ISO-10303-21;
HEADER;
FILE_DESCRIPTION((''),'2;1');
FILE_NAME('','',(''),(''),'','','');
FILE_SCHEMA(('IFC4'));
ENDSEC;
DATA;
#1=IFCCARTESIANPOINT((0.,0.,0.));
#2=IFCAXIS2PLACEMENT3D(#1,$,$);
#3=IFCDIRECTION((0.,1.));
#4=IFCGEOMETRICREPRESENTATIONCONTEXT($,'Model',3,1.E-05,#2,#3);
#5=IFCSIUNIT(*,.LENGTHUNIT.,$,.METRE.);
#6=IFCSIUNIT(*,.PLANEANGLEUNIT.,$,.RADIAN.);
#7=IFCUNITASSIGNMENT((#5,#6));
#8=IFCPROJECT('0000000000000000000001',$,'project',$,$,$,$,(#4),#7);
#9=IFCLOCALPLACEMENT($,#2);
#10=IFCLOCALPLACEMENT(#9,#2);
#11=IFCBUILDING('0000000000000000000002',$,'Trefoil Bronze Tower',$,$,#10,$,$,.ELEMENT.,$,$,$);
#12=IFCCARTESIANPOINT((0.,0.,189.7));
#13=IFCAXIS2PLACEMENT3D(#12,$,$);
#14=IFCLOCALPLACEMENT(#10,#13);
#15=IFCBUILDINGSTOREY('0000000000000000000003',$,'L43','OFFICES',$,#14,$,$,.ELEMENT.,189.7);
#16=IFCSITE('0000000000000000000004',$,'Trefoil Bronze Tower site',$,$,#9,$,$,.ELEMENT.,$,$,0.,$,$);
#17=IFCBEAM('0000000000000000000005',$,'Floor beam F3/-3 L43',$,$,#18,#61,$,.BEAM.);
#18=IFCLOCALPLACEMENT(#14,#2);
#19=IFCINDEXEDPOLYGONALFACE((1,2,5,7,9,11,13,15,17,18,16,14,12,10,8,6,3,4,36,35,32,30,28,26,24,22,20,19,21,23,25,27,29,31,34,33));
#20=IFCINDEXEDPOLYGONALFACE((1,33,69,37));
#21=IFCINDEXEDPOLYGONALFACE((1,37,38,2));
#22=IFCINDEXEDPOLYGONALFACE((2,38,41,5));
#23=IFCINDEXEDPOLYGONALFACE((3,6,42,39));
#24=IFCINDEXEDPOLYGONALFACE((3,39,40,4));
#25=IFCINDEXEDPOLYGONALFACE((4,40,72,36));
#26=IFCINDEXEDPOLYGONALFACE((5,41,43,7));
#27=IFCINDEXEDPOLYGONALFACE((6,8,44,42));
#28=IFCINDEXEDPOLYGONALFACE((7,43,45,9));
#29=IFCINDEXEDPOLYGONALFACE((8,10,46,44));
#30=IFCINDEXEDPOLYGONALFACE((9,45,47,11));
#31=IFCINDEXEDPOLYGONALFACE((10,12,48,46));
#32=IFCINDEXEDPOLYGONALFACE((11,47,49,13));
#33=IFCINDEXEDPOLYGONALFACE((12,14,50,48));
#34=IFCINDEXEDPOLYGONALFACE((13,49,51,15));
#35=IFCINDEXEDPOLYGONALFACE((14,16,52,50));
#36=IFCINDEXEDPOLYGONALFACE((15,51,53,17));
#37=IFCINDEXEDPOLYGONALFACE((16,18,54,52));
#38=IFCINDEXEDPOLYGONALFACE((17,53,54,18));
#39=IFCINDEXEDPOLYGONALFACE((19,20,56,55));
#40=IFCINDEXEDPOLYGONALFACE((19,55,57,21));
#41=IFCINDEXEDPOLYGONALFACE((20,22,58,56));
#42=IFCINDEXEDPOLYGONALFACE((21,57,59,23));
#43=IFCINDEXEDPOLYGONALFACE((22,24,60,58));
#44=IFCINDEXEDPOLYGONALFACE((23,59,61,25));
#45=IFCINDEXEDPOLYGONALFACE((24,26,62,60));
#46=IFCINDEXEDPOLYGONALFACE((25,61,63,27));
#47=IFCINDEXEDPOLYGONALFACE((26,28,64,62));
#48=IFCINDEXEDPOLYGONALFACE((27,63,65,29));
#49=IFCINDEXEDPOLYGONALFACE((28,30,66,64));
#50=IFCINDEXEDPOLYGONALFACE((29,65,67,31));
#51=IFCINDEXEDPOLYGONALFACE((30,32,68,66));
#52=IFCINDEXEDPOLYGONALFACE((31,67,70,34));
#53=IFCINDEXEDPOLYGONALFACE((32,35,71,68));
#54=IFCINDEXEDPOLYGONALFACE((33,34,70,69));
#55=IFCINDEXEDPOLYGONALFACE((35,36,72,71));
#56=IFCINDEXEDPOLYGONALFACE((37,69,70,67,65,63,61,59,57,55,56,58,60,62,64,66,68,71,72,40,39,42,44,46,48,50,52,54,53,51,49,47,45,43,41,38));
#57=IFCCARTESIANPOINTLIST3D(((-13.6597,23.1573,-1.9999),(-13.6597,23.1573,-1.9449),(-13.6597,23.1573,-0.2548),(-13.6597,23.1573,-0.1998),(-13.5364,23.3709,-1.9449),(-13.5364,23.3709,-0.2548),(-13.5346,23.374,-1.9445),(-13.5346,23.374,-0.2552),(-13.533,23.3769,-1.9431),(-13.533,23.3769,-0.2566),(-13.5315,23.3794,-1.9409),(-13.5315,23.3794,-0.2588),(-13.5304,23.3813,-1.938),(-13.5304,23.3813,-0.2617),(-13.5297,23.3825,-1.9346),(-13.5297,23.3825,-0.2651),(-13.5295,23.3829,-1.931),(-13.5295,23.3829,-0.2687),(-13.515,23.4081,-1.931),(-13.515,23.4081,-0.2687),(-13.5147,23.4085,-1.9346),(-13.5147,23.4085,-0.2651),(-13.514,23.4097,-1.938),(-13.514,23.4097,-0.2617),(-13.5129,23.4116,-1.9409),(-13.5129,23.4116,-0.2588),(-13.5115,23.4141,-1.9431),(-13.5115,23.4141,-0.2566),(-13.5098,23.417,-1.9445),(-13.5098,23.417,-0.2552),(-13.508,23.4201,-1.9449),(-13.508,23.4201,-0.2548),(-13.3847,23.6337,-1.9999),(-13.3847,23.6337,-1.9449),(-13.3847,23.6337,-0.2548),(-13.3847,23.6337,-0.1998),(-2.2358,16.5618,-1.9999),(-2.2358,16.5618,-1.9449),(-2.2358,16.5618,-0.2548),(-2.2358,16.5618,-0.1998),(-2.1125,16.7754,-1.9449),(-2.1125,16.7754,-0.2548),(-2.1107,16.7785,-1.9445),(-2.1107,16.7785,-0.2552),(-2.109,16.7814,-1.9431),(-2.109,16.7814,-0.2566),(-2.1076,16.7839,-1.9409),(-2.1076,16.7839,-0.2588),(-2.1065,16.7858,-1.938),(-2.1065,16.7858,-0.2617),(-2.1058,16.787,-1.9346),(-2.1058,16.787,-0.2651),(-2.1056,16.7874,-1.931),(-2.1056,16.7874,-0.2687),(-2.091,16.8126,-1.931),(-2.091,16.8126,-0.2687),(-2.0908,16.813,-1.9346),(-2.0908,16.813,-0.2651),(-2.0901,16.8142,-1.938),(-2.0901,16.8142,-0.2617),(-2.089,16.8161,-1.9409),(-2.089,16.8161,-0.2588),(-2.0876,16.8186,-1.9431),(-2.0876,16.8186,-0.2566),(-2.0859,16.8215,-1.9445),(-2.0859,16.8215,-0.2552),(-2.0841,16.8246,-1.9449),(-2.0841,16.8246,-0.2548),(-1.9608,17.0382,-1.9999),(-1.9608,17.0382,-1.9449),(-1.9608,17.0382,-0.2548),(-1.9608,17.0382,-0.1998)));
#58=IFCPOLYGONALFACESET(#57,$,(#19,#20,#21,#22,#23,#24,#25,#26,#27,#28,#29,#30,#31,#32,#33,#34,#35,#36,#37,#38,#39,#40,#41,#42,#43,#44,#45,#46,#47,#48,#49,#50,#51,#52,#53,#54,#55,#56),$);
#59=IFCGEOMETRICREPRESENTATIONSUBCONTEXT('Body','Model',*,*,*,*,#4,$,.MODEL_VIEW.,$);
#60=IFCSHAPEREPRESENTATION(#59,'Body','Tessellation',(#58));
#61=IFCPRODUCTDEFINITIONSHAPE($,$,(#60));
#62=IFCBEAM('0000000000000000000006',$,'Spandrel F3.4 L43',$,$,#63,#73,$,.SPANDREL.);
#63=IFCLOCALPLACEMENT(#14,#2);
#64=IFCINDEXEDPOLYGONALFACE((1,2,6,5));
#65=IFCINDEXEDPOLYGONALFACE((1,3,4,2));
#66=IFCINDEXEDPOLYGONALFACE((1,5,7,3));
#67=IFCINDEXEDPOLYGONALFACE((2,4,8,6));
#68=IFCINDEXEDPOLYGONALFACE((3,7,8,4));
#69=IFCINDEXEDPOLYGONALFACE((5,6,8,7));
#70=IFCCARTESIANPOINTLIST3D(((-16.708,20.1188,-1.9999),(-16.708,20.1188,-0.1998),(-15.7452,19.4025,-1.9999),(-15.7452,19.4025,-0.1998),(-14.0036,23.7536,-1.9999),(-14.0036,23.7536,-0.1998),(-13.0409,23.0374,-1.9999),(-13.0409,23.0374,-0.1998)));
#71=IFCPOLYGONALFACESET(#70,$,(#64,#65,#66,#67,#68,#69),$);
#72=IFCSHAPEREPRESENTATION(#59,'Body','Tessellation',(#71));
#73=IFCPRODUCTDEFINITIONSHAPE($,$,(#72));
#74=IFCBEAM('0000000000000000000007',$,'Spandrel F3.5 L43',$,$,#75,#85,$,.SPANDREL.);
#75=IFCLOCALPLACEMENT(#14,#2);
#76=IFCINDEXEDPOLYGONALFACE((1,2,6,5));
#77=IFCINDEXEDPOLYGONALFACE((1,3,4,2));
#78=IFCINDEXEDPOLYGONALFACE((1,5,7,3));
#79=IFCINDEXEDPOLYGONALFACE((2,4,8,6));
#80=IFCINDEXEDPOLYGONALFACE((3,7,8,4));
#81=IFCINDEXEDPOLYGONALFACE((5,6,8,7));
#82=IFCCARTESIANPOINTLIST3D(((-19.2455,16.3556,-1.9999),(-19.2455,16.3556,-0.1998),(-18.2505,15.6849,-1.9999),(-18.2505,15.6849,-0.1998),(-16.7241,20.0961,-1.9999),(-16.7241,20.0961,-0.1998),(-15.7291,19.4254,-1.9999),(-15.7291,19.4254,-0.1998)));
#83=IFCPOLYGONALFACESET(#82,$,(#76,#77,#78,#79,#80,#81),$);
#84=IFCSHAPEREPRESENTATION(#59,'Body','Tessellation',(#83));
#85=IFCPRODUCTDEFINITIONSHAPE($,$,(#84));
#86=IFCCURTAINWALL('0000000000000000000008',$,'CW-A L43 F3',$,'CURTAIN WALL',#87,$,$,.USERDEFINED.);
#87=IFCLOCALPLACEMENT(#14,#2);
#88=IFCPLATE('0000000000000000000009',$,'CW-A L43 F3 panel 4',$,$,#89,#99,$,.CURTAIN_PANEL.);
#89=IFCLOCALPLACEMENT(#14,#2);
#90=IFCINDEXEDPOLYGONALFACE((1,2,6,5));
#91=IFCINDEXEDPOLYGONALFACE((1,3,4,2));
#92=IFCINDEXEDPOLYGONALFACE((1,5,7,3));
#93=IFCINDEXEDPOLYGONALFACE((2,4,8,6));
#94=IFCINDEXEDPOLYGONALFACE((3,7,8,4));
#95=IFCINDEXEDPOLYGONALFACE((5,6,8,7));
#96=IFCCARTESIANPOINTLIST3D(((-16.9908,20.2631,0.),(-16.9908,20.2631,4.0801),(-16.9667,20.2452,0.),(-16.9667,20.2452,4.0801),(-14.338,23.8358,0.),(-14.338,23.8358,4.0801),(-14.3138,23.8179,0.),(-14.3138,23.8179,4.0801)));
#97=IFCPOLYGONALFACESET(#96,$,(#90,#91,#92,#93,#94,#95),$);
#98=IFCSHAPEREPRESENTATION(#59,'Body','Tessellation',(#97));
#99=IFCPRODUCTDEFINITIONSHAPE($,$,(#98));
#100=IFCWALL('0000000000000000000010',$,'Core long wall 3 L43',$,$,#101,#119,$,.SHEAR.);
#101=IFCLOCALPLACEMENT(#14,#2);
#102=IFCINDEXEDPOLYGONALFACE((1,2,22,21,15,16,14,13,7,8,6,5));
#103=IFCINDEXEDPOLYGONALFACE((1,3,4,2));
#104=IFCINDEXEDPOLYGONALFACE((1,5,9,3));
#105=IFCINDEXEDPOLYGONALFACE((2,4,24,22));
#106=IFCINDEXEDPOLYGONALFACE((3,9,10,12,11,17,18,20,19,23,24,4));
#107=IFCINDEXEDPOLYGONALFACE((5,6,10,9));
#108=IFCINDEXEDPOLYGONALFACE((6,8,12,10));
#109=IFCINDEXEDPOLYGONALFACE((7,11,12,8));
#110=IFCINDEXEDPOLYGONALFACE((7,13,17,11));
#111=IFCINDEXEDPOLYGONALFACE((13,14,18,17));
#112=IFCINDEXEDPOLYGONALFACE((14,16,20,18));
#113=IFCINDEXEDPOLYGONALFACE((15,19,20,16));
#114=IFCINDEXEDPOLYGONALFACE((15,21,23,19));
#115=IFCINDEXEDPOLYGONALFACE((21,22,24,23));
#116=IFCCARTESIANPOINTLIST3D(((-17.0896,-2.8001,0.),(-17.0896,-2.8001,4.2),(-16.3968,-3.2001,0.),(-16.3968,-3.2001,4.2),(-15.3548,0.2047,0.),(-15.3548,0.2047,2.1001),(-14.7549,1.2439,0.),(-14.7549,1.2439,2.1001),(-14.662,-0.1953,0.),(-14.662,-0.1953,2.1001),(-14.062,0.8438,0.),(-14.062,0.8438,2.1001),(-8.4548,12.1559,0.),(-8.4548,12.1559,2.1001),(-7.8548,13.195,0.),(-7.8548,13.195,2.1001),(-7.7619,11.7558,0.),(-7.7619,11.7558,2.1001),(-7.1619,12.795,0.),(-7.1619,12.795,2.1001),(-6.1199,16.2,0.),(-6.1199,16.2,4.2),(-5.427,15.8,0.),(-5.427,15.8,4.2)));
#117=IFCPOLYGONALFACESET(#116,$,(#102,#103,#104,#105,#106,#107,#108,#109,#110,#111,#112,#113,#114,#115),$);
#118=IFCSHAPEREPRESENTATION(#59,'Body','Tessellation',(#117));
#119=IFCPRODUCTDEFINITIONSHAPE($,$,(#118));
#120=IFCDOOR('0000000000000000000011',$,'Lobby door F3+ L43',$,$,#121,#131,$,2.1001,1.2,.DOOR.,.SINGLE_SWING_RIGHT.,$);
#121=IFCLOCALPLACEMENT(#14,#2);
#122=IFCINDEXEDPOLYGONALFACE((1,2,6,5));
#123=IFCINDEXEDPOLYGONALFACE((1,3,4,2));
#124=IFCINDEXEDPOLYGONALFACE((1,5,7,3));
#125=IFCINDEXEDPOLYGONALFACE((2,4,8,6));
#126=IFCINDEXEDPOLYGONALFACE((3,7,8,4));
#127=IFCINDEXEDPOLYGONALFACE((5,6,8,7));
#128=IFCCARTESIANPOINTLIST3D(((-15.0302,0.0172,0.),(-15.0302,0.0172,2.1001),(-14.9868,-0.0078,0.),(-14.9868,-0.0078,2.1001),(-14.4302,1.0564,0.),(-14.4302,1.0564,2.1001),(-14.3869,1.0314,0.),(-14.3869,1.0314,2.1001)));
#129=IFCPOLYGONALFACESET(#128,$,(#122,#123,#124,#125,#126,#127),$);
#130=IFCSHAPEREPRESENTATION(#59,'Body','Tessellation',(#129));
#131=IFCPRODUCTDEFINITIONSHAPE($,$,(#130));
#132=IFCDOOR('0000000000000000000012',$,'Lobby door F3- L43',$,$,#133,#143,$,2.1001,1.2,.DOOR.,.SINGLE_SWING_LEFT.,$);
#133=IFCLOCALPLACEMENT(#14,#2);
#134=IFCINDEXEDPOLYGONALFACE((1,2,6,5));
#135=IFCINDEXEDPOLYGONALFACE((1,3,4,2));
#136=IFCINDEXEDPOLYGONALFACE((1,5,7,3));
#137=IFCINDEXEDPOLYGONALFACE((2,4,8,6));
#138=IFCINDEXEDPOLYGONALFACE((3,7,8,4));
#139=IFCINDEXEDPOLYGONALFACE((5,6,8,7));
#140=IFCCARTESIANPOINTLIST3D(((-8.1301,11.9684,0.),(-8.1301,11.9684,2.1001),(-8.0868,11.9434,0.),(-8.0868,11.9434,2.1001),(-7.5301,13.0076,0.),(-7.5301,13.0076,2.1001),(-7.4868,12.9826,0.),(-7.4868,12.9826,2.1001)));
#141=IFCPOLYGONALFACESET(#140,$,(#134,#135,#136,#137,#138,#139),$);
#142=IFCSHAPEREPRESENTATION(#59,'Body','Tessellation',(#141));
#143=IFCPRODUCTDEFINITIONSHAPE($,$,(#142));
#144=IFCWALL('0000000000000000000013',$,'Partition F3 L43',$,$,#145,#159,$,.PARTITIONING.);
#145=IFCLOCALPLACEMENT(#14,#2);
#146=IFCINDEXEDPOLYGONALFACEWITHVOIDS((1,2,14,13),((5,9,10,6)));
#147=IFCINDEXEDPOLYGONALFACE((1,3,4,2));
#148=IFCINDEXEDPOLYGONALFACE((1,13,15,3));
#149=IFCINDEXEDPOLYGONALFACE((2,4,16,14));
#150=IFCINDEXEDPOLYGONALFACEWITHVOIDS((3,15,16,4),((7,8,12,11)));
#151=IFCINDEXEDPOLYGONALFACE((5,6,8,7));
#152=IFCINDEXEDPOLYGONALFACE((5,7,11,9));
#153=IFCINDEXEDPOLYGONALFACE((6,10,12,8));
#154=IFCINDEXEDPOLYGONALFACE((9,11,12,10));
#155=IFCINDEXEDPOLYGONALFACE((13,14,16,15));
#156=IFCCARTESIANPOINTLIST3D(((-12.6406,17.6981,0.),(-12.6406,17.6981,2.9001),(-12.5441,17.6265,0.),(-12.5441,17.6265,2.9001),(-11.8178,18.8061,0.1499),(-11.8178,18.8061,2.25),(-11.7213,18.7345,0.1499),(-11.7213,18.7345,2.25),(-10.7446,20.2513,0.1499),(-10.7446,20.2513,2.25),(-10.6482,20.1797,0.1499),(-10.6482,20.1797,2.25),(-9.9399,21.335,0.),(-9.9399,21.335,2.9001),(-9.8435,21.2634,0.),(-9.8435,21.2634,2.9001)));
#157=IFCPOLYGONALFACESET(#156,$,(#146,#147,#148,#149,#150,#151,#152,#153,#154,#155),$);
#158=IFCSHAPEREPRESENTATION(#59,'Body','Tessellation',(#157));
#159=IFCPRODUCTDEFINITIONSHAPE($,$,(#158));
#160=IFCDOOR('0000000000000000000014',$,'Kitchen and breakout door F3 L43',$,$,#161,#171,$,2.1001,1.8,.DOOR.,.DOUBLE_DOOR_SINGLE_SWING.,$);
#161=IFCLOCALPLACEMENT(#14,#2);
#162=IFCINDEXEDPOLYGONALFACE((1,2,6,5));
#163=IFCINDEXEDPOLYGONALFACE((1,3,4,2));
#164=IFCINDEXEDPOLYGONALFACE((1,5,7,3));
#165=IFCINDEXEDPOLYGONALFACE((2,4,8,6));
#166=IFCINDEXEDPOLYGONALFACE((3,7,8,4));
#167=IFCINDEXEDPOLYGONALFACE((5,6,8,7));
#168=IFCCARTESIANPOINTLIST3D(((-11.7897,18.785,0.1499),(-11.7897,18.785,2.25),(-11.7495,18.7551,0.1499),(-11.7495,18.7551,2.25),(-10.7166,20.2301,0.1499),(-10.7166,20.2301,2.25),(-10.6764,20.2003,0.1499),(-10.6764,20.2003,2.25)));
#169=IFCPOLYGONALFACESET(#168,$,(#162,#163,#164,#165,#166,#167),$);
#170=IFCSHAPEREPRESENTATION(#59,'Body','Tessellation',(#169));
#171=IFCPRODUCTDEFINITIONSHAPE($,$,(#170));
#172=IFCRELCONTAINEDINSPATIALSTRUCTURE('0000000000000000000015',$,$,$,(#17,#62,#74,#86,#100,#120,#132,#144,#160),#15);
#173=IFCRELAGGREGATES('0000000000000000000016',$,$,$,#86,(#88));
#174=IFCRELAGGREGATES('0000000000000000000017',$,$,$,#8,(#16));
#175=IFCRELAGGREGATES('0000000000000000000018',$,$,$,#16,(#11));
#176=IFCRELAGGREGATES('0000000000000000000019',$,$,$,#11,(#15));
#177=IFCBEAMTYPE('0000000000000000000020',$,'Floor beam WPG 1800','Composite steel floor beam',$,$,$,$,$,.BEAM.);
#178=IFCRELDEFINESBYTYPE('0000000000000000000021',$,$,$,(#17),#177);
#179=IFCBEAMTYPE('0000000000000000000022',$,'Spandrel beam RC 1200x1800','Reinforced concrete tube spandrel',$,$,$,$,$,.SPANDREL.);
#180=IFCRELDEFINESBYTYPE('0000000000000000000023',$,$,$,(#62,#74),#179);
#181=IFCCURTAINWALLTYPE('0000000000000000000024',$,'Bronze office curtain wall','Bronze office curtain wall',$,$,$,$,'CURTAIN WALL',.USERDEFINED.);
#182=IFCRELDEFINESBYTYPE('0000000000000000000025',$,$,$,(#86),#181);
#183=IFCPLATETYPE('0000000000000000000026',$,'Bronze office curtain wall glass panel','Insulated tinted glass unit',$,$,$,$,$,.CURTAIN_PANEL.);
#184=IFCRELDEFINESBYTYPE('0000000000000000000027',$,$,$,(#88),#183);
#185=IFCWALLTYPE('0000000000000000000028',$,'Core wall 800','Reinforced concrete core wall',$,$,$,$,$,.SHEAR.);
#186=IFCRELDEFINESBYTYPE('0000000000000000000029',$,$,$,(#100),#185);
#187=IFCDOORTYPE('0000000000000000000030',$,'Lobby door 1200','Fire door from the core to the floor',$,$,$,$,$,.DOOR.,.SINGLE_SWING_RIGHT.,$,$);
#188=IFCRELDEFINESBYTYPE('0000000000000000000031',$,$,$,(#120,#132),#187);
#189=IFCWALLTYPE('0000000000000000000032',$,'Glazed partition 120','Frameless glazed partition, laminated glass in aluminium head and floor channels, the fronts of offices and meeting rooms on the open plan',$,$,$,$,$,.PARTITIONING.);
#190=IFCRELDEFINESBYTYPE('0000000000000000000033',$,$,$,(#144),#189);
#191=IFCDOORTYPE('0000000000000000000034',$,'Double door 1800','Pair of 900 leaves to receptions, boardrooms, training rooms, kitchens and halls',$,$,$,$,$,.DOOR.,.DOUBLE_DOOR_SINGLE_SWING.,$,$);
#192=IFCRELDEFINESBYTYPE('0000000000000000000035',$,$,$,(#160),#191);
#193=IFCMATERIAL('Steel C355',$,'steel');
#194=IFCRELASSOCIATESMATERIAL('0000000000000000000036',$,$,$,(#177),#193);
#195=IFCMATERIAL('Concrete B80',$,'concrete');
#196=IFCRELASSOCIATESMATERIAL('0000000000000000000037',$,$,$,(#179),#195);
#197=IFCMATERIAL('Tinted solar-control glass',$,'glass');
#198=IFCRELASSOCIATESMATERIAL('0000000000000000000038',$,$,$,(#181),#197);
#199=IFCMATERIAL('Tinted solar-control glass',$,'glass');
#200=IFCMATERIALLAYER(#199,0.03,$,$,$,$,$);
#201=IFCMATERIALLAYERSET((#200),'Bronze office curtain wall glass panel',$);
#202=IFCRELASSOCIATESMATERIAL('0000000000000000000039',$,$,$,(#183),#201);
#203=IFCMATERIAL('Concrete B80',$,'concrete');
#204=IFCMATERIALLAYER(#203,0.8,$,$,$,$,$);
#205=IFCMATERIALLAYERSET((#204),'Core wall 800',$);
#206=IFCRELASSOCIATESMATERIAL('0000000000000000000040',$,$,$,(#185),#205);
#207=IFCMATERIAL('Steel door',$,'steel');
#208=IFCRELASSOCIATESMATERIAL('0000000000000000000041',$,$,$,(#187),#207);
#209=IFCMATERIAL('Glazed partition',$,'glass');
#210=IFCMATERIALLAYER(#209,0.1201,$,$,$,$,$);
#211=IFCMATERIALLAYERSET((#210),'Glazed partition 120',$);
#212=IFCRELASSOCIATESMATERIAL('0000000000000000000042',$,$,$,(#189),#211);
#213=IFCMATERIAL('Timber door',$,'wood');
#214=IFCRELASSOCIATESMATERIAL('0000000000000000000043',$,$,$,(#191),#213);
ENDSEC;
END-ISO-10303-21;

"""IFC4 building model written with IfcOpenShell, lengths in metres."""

from ifc_helpers import new_model, si_unit, direction, frame, frame_2d, origin, origin_2d, place, context, subcontext, project, spatial, rectangle, i_section, extrude, material, layer, layer_set, material_profile, profile_set, type_object, element, fill, aggregate, save


model = new_model("IFC4")

# Units and contexts
model_context = context("Model", 3, precision=1e-05, world=origin(), true_north=direction((0.0, 1.0)))
body_context = subcontext(model_context, "Body", "Model", "MODEL_VIEW")
ifc_project = project(units=[si_unit("LENGTHUNIT", "METRE"), si_unit("PLANEANGLEUNIT", "RADIAN")], contexts=[model_context])

# Site, building, storey
site_placement = place(None, origin())
site = spatial("IfcSite", under=ifc_project, at=site_placement, Name="Trefoil Bronze Tower site", CompositionType="ELEMENT", RefElevation=0.0)
building_placement = place(site_placement, origin())
building = spatial("IfcBuilding", under=site, at=building_placement, Name="Trefoil Bronze Tower", CompositionType="ELEMENT")
storey_placement = place(building_placement, frame((0.0, 0.0, 189.7)))
storey = spatial("IfcBuildingStorey", under=building, at=storey_placement, Name="L43", Description="OFFICES", CompositionType="ELEMENT", Elevation=189.7)

# Beams
ifc_material_1 = material(Name="Steel C355", Category="steel")
ifc_material_profile_1 = material_profile(ifc_material_1, i_section(OverallWidth=0.55, OverallDepth=1.8, WebThickness=0.0291, FlangeThickness=0.0549, FilletRadius=0.0139, at=origin_2d()), Name="WPG 1800")
ifc_profile_set_1 = profile_set([ifc_material_profile_1], Name="Steel C355")
beam_type_1 = type_object("IfcBeamType", Name="Floor beam WPG 1800", Description="Composite steel floor beam", PredefinedType="BEAM", material=ifc_profile_set_1)
beam_1_placement = place(storey_placement, frame((-13.5222, 23.3955, -1.0999), z_axis=(0.866028, -0.499995, 0.0), x_axis=(0.499995, 0.866028, 0.0)))
element("IfcBeam", 1, at=beam_1_placement, inside=storey, type_object=beam_type_1, Name="Floor beam F3/-3 L43", PredefinedType="BEAM", context=body_context, shape_type="SweptSolid", body=[
    extrude(i_section(OverallWidth=0.55, OverallDepth=1.8, WebThickness=0.0291, FlangeThickness=0.0549, FilletRadius=0.0139, at=origin_2d()), origin(), (0.0, 0.0, 1.0), 13.1912),
])
ifc_material_2 = material(Name="Concrete B80", Category="concrete")
ifc_material_profile_2 = material_profile(ifc_material_2, rectangle(XDim=1.2, YDim=1.8, at=origin_2d()), Name="RC 1200x1800")
ifc_profile_set_2 = profile_set([ifc_material_profile_2], Name="Concrete B80")
beam_type_2 = type_object("IfcBeamType", Name="Spandrel beam RC 1200x1800", Description="Reinforced concrete tube spandrel", PredefinedType="SPANDREL", material=ifc_profile_set_2)
beam_2_placement = place(storey_placement, frame((-13.5222, 23.3955, -1.0999), z_axis=(-0.596926, -0.802296, 0.0), x_axis=(0.802296, -0.596926, 0.0)))
element("IfcBeam", 2, at=beam_2_placement, inside=storey, type_object=beam_type_2, Name="Spandrel F3.4 L43", PredefinedType="SPANDREL", context=body_context, shape_type="SweptSolid", body=[
    extrude(rectangle(XDim=1.2, YDim=1.8, at=origin_2d()), origin(), (0.0, 0.0, 1.0), 4.5305),
])
beam_3_placement = place(storey_placement, frame((-16.2266, 19.7607, -1.0999), z_axis=(-0.558964, -0.829192, 0.0), x_axis=(0.829192, -0.558964, 0.0)))
element("IfcBeam", 3, at=beam_3_placement, inside=storey, type_object=beam_type_2, Name="Spandrel F3.5 L43", PredefinedType="SPANDREL", context=body_context, shape_type="SweptSolid", body=[
    extrude(rectangle(XDim=1.2, YDim=1.8, at=origin_2d()), origin(), (0.0, 0.0, 1.0), 4.511),
])

# Curtain wall, plate
ifc_material_3 = material(Name="Tinted solar-control glass", Category="glass")
curtain_wall_type = type_object("IfcCurtainWallType", Name="Bronze office curtain wall", Description="Bronze office curtain wall", ElementType="CURTAIN WALL", PredefinedType="USERDEFINED", material=ifc_material_3)
curtain_wall_placement = place(storey_placement, origin())
curtain_wall = element("IfcCurtainWall", 4, at=curtain_wall_placement, inside=storey, type_object=curtain_wall_type, Name="CW-A L43 F3", ObjectType="CURTAIN WALL", PredefinedType="USERDEFINED")
ifc_material_4 = material(Name="Tinted solar-control glass", Category="glass")
ifc_layer_1 = layer(ifc_material_4, 0.03)
ifc_layer_set_1 = layer_set([ifc_layer_1], Name="Bronze office curtain wall glass panel")
plate_type = type_object("IfcPlateType", Name="Bronze office curtain wall glass panel", Description="Insulated tinted glass unit", PredefinedType="CURTAIN_PANEL", material=ifc_layer_set_1)
plate_placement = place(storey_placement, frame((-15.6523, 22.0405, 0.0), z_axis=(0.0, 0.0, 1.0), x_axis=(-0.596162, -0.802865, 0.0)))
plate = element("IfcPlate", 5, at=plate_placement, type_object=plate_type, Name="CW-A L43 F3 panel 4", PredefinedType="CURTAIN_PANEL", context=body_context, shape_type="SweptSolid", body=[
    extrude(rectangle(XDim=4.45, YDim=0.03, at=origin_2d()), origin(), (0.0, 0.0, 1.0), 4.0801),
])
aggregate(curtain_wall, [plate])

# Wall, openings, doors
ifc_material_5 = material(Name="Concrete B80", Category="concrete")
ifc_layer_2 = layer(ifc_material_5, 0.8)
ifc_layer_set_2 = layer_set([ifc_layer_2], Name="Core wall 800")
wall_type_1 = type_object("IfcWallType", Name="Core wall 800", Description="Reinforced concrete core wall", PredefinedType="SHEAR", material=ifc_layer_set_2)
wall_1_placement = place(storey_placement, frame((-5.7734, 16.0, 0.0), z_axis=(0.0, 0.0, 1.0), x_axis=(-0.500002, -0.866024, 0.0)))
wall_1 = element("IfcWall", 6, at=wall_1_placement, inside=storey, type_object=wall_type_1, Name="Core long wall 3 L43", PredefinedType="SHEAR", context=body_context, shape_type="SweptSolid", body=[
    extrude(rectangle(XDim=21.9395, YDim=0.8, at=frame_2d((10.9697, 0.0))), origin(), (0.0, 0.0, 1.0), 4.2),
])
opening_1_placement = place(wall_1_placement, frame((17.2698, 0.0, 0.0)))
opening_1 = element("IfcOpeningElement", 7, at=opening_1_placement, cuts=wall_1, PredefinedType="OPENING", context=body_context, shape_type="SweptSolid", body=[
    extrude(rectangle(XDim=1.2, YDim=2.1001, at=frame_2d((0.6001, 1.05))), frame((0.0, 0.4099, 0.0), z_axis=(0.0, -1.0, 0.0), x_axis=(1.0, 0.0, 0.0)), (0.0, 0.0, 1.0), 0.8201),
])
opening_2_placement = place(wall_1_placement, frame((3.4697, 0.0, 0.0)))
opening_2 = element("IfcOpeningElement", 8, at=opening_2_placement, cuts=wall_1, PredefinedType="OPENING", context=body_context, shape_type="SweptSolid", body=[
    extrude(rectangle(XDim=1.2, YDim=2.1001, at=frame_2d((0.6001, 1.05))), frame((0.0, 0.4099, 0.0), z_axis=(0.0, -1.0, 0.0), x_axis=(1.0, 0.0, 0.0)), (0.0, 0.0, 1.0), 0.8201),
])
ifc_material_6 = material(Name="Steel door", Category="steel")
door_type_1 = type_object("IfcDoorType", Name="Lobby door 1200", Description="Fire door from the core to the floor", OperationType="SINGLE_SWING_RIGHT", PredefinedType="DOOR", material=ifc_material_6)
door_1_placement = place(opening_1_placement, origin())
door_1 = element("IfcDoor", 9, at=door_1_placement, inside=storey, type_object=door_type_1, Name="Lobby door F3+ L43", OperationType="SINGLE_SWING_RIGHT", OverallHeight=2.1001, OverallWidth=1.2, PredefinedType="DOOR", context=body_context, shape_type="SweptSolid", body=[
    extrude(rectangle(XDim=1.2, YDim=2.1001, at=frame_2d((0.6001, 1.05))), frame((0.0, 0.0249, 0.0), z_axis=(0.0, -1.0, 0.0), x_axis=(1.0, 0.0, 0.0)), (0.0, 0.0, 1.0), 0.05),
])
fill(opening_1, door_1)
door_2_placement = place(opening_2_placement, origin())
door_2 = element("IfcDoor", 10, at=door_2_placement, inside=storey, type_object=door_type_1, Name="Lobby door F3- L43", OperationType="SINGLE_SWING_LEFT", OverallHeight=2.1001, OverallWidth=1.2, PredefinedType="DOOR", context=body_context, shape_type="SweptSolid", body=[
    extrude(rectangle(XDim=1.2, YDim=2.1001, at=frame_2d((0.6001, 1.05))), frame((0.0, 0.0249, 0.0), z_axis=(0.0, -1.0, 0.0), x_axis=(1.0, 0.0, 0.0)), (0.0, 0.0, 1.0), 0.05),
])
fill(opening_2, door_2)

# Wall, opening, door
ifc_material_7 = material(Name="Glazed partition", Category="glass")
ifc_layer_3 = layer(ifc_material_7, 0.1201)
ifc_layer_set_3 = layer_set([ifc_layer_3], Name="Glazed partition 120")
wall_type_2 = type_object("IfcWallType", Name="Glazed partition 120", Description="Frameless glazed partition, laminated glass in aluminium head and floor channels, the fronts of offices and meeting rooms on the open plan", PredefinedType="PARTITIONING", material=ifc_layer_set_3)
wall_2_placement = place(storey_placement, frame((-9.8916, 21.2993, 0.0), z_axis=(0.0, 0.0, 1.0), x_axis=(-0.596173, -0.802856, 0.0)))
wall_2 = element("IfcWall", 11, at=wall_2_placement, inside=storey, type_object=wall_type_2, Name="Partition F3 L43", PredefinedType="PARTITIONING", context=body_context, shape_type="SweptSolid", body=[
    extrude(rectangle(XDim=4.53, YDim=0.1201, at=frame_2d((2.2651, 0.0))), origin(), (0.0, 0.0, 1.0), 2.9001),
])
opening_3_placement = place(wall_2_placement, frame((1.3501, 0.0, 0.1499)))
opening_3 = element("IfcOpeningElement", 12, at=opening_3_placement, cuts=wall_2, PredefinedType="OPENING", context=body_context, shape_type="SweptSolid", body=[
    extrude(rectangle(XDim=1.8, YDim=2.1001, at=frame_2d((0.8999, 1.05))), frame((0.0, 0.0701, 0.0), z_axis=(0.0, -1.0, 0.0), x_axis=(1.0, 0.0, 0.0)), (0.0, 0.0, 1.0), 0.1401),
])
ifc_material_8 = material(Name="Timber door", Category="wood")
door_type_2 = type_object("IfcDoorType", Name="Double door 1800", Description="Pair of 900 leaves to receptions, boardrooms, training rooms, kitchens and halls", OperationType="DOUBLE_DOOR_SINGLE_SWING", PredefinedType="DOOR", material=ifc_material_8)
door_3_placement = place(opening_3_placement, frame((1.8, 0.0, 0.0), z_axis=(0.0, 0.0, 1.0), x_axis=(-1.0, 0.0, 0.0)))
door_3 = element("IfcDoor", 13, at=door_3_placement, inside=storey, type_object=door_type_2, Name="Kitchen and breakout door F3 L43", OperationType="DOUBLE_DOOR_SINGLE_SWING", OverallHeight=2.1001, OverallWidth=1.8, PredefinedType="DOOR", context=body_context, shape_type="SweptSolid", body=[
    extrude(rectangle(XDim=1.8, YDim=2.1001, at=frame_2d((0.8999, 1.05))), frame((0.0, 0.0249, 0.0), z_axis=(0.0, -1.0, 0.0), x_axis=(1.0, 0.0, 0.0)), (0.0, 0.0, 1.0), 0.05),
])
fill(opening_3, door_3)

save(model, "model.ifc")
